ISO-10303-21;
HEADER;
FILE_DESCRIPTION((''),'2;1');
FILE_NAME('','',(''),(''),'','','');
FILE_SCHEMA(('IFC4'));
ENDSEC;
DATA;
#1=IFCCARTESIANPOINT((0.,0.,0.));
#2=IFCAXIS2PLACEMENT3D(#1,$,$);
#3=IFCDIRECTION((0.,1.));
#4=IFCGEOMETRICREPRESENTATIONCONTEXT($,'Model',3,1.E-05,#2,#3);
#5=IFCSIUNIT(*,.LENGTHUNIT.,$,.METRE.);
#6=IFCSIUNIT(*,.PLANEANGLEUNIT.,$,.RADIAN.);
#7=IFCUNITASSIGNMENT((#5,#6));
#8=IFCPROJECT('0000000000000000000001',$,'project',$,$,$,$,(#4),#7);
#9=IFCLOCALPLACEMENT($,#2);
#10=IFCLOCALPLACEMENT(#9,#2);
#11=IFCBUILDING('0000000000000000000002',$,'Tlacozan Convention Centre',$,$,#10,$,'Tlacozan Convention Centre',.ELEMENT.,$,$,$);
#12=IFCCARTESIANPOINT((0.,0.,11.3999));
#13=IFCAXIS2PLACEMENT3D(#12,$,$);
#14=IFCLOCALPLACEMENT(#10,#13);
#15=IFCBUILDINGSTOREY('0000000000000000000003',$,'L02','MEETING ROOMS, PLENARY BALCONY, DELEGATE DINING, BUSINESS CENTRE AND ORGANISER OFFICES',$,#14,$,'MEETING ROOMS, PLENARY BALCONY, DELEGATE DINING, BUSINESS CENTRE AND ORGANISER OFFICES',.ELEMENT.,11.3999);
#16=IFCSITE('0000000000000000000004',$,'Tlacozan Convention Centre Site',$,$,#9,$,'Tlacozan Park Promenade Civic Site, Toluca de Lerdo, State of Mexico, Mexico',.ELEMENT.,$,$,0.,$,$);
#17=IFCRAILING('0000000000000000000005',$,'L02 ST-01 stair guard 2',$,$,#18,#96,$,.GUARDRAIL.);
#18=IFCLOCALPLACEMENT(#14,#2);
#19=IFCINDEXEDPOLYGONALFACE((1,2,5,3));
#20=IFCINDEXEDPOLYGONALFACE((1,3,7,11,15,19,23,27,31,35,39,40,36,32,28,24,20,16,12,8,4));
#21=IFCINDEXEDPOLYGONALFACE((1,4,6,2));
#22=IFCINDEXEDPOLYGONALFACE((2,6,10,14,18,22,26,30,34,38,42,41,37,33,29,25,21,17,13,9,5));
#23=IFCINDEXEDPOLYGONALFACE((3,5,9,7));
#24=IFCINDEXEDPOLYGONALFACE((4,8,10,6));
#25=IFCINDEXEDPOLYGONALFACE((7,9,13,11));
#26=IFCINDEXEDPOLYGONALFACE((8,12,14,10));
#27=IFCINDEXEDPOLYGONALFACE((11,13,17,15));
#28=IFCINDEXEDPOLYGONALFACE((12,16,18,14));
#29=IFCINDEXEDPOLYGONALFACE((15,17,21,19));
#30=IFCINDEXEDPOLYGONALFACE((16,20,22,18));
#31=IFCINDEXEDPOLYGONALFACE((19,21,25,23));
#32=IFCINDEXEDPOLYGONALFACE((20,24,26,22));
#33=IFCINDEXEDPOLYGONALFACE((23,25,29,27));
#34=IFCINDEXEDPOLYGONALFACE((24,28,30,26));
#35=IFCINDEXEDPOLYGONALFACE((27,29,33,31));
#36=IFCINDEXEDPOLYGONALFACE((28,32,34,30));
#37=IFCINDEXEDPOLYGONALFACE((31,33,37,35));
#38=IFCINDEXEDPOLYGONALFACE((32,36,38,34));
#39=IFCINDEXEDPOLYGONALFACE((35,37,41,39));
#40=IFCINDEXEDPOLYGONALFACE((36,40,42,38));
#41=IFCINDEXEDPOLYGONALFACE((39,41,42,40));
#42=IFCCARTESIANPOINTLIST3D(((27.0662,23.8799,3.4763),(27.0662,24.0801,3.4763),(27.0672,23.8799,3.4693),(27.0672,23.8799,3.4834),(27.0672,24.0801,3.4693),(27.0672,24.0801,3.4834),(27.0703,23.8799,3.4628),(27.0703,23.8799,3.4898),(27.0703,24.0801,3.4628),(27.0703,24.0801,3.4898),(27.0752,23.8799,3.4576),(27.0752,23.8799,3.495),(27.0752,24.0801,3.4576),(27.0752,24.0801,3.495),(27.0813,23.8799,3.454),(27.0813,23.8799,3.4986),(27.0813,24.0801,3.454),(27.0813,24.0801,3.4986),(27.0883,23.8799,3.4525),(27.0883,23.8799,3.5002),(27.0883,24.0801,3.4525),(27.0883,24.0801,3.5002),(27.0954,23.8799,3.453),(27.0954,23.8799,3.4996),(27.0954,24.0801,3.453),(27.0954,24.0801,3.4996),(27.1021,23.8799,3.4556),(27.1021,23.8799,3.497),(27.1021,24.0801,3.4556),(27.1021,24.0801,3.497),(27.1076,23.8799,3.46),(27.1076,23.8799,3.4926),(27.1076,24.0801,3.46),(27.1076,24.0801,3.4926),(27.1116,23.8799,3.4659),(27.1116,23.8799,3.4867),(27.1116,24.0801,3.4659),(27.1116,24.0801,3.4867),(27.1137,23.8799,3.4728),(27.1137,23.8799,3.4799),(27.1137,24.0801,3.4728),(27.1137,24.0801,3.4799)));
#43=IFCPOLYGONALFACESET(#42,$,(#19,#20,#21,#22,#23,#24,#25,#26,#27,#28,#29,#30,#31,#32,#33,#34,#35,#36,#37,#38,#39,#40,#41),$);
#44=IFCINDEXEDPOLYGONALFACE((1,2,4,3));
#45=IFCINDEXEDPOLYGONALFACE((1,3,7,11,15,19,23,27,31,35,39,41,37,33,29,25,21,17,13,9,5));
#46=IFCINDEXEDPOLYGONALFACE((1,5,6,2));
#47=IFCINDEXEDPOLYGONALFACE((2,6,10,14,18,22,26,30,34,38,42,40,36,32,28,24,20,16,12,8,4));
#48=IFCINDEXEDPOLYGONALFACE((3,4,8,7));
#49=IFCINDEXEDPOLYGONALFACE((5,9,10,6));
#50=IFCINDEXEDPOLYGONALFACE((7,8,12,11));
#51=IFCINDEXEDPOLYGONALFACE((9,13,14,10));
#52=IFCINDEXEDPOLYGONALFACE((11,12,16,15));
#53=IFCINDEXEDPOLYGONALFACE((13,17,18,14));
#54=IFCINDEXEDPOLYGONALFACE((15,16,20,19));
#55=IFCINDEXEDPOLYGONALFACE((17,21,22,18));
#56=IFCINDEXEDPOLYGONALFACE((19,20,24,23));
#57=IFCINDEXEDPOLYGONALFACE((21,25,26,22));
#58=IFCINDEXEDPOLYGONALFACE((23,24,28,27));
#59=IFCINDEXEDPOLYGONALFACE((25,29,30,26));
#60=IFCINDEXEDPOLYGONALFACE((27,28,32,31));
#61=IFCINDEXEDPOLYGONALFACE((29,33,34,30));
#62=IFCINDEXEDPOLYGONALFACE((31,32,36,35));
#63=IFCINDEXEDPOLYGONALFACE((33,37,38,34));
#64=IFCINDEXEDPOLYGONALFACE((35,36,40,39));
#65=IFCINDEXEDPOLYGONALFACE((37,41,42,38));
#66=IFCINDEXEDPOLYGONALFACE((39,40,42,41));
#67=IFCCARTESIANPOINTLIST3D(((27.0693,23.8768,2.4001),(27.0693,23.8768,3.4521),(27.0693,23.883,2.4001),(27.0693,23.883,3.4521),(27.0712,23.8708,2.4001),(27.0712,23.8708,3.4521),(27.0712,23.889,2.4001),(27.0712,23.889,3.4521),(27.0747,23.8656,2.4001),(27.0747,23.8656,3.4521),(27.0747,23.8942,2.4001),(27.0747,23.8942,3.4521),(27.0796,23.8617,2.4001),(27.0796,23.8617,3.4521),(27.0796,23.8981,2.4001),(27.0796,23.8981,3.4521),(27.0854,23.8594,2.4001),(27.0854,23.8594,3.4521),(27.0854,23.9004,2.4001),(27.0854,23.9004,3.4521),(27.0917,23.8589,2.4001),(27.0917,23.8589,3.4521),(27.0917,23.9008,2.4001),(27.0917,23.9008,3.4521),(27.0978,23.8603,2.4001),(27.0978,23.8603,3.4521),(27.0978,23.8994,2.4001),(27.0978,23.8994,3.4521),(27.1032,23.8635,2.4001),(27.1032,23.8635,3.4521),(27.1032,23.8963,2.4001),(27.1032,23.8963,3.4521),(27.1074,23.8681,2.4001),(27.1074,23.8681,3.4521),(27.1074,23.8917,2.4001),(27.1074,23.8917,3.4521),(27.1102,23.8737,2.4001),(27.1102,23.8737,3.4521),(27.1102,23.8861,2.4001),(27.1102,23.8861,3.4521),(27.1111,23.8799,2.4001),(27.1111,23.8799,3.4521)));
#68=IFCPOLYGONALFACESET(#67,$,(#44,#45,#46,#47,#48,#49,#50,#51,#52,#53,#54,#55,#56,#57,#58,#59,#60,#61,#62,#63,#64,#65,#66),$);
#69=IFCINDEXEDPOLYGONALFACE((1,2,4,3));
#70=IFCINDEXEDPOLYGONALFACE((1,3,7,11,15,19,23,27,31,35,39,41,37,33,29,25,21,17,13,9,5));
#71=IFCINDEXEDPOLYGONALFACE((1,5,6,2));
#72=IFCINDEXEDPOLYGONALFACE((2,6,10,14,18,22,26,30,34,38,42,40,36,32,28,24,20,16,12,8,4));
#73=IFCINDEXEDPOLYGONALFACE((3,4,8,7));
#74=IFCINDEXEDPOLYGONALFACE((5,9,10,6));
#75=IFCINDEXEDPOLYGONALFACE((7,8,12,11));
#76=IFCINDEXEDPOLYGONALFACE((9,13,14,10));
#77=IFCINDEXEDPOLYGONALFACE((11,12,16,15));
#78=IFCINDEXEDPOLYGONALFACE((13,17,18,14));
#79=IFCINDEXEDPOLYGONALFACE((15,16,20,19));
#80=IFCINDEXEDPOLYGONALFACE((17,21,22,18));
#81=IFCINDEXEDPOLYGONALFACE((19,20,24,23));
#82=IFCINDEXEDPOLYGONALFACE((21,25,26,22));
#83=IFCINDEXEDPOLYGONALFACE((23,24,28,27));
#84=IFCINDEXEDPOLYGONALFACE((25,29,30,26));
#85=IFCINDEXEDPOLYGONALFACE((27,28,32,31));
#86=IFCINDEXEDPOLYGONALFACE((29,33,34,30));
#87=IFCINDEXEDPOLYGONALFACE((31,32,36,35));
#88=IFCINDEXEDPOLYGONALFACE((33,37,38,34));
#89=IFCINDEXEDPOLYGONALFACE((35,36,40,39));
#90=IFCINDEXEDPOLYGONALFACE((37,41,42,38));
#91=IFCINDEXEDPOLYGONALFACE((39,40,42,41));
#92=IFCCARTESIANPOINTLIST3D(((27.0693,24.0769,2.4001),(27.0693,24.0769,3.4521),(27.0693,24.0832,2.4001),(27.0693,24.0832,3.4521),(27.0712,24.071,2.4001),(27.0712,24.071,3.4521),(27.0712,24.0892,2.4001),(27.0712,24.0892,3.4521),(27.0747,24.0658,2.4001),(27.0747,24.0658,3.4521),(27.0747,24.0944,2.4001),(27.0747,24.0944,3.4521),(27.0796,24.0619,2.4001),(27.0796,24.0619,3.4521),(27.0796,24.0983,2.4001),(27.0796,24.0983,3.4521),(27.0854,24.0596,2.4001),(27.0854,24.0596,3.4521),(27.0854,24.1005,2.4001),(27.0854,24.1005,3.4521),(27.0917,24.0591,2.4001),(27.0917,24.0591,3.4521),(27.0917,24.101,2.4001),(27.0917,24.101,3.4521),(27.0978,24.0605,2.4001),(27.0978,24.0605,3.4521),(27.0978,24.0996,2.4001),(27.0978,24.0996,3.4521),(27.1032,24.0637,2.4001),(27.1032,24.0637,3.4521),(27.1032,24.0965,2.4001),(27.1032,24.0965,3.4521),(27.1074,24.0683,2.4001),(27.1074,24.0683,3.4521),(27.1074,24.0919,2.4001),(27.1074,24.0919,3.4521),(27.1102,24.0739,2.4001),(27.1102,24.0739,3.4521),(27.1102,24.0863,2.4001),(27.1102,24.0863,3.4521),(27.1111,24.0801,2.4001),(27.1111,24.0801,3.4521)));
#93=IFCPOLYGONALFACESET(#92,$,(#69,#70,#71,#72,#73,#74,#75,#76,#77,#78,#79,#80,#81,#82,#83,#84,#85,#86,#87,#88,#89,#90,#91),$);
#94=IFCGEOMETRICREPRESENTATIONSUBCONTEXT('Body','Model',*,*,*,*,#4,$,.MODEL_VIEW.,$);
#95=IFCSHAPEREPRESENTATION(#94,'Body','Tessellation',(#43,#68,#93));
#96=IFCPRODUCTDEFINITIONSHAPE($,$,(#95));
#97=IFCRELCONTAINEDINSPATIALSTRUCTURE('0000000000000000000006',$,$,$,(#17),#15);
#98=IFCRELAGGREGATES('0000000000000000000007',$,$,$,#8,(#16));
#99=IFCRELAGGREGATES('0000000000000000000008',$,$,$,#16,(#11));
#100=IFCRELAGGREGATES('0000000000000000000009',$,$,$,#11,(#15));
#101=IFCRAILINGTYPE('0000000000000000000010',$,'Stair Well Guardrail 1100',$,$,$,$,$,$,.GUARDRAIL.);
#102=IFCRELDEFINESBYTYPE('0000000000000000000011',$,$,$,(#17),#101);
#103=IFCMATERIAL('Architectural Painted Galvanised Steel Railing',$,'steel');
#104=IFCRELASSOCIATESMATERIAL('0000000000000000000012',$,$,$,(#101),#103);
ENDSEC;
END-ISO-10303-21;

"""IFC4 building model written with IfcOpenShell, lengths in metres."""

from ifc_helpers import new_model, si_unit, direction, frame, origin, origin_2d, place, context, subcontext, project, spatial, circle, extrude, material, type_object, element, save


model = new_model("IFC4")

# Units and contexts
model_context = context("Model", 3, precision=1e-05, world=origin(), true_north=direction((0.0, 1.0)))
body_context = subcontext(model_context, "Body", "Model", "MODEL_VIEW")
ifc_project = project(units=[si_unit("LENGTHUNIT", "METRE"), si_unit("PLANEANGLEUNIT", "RADIAN")], contexts=[model_context])

# Site, building, storey
site_placement = place(None, origin())
site = spatial("IfcSite", under=ifc_project, at=site_placement, Name="Tlacozan Convention Centre Site", LongName="Tlacozan Park Promenade Civic Site, Toluca de Lerdo, State of Mexico, Mexico", CompositionType="ELEMENT", RefElevation=0.0)
building_placement = place(site_placement, origin())
building = spatial("IfcBuilding", under=site, at=building_placement, Name="Tlacozan Convention Centre", LongName="Tlacozan Convention Centre", CompositionType="ELEMENT")
storey_placement = place(building_placement, frame((0.0, 0.0, 11.3999)))
storey = spatial("IfcBuildingStorey", under=building, at=storey_placement, Name="L02", Description="MEETING ROOMS, PLENARY BALCONY, DELEGATE DINING, BUSINESS CENTRE AND ORGANISER OFFICES", LongName="MEETING ROOMS, PLENARY BALCONY, DELEGATE DINING, BUSINESS CENTRE AND ORGANISER OFFICES", CompositionType="ELEMENT", Elevation=11.3999)

# Railing
ifc_material_1 = material(Name="Architectural Painted Galvanised Steel Railing", Category="steel")
railing_type_1 = type_object("IfcRailingType", Name="Stair Well Guardrail 1100", PredefinedType="GUARDRAIL", material=ifc_material_1)
railing_1_placement = place(storey_placement, frame((27.0901, 23.8799, 2.4001)))
element("IfcRailing", 1, at=railing_1_placement, inside=storey, type_object=railing_type_1, Name="L02 ST-01 stair guard 2", PredefinedType="GUARDRAIL", context=body_context, shape_type="SweptSolid", body=[
    extrude(circle(Radius=0.0239, at=origin_2d()), frame((0.0, 0.0, 1.0762), z_axis=(0.0, 1.0, 0.0), x_axis=(-1.0, 0.0, 0.0)), (0.0, 0.0, 1.0), 0.2002),
    extrude(circle(Radius=0.021, at=origin_2d()), origin(), (0.0, 0.0, 1.0), 1.052),
    extrude(circle(Radius=0.021, at=origin_2d()), frame((0.0, 0.2002, 0.0)), (0.0, 0.0, 1.0), 1.052),
])

save(model, "model.ifc")
